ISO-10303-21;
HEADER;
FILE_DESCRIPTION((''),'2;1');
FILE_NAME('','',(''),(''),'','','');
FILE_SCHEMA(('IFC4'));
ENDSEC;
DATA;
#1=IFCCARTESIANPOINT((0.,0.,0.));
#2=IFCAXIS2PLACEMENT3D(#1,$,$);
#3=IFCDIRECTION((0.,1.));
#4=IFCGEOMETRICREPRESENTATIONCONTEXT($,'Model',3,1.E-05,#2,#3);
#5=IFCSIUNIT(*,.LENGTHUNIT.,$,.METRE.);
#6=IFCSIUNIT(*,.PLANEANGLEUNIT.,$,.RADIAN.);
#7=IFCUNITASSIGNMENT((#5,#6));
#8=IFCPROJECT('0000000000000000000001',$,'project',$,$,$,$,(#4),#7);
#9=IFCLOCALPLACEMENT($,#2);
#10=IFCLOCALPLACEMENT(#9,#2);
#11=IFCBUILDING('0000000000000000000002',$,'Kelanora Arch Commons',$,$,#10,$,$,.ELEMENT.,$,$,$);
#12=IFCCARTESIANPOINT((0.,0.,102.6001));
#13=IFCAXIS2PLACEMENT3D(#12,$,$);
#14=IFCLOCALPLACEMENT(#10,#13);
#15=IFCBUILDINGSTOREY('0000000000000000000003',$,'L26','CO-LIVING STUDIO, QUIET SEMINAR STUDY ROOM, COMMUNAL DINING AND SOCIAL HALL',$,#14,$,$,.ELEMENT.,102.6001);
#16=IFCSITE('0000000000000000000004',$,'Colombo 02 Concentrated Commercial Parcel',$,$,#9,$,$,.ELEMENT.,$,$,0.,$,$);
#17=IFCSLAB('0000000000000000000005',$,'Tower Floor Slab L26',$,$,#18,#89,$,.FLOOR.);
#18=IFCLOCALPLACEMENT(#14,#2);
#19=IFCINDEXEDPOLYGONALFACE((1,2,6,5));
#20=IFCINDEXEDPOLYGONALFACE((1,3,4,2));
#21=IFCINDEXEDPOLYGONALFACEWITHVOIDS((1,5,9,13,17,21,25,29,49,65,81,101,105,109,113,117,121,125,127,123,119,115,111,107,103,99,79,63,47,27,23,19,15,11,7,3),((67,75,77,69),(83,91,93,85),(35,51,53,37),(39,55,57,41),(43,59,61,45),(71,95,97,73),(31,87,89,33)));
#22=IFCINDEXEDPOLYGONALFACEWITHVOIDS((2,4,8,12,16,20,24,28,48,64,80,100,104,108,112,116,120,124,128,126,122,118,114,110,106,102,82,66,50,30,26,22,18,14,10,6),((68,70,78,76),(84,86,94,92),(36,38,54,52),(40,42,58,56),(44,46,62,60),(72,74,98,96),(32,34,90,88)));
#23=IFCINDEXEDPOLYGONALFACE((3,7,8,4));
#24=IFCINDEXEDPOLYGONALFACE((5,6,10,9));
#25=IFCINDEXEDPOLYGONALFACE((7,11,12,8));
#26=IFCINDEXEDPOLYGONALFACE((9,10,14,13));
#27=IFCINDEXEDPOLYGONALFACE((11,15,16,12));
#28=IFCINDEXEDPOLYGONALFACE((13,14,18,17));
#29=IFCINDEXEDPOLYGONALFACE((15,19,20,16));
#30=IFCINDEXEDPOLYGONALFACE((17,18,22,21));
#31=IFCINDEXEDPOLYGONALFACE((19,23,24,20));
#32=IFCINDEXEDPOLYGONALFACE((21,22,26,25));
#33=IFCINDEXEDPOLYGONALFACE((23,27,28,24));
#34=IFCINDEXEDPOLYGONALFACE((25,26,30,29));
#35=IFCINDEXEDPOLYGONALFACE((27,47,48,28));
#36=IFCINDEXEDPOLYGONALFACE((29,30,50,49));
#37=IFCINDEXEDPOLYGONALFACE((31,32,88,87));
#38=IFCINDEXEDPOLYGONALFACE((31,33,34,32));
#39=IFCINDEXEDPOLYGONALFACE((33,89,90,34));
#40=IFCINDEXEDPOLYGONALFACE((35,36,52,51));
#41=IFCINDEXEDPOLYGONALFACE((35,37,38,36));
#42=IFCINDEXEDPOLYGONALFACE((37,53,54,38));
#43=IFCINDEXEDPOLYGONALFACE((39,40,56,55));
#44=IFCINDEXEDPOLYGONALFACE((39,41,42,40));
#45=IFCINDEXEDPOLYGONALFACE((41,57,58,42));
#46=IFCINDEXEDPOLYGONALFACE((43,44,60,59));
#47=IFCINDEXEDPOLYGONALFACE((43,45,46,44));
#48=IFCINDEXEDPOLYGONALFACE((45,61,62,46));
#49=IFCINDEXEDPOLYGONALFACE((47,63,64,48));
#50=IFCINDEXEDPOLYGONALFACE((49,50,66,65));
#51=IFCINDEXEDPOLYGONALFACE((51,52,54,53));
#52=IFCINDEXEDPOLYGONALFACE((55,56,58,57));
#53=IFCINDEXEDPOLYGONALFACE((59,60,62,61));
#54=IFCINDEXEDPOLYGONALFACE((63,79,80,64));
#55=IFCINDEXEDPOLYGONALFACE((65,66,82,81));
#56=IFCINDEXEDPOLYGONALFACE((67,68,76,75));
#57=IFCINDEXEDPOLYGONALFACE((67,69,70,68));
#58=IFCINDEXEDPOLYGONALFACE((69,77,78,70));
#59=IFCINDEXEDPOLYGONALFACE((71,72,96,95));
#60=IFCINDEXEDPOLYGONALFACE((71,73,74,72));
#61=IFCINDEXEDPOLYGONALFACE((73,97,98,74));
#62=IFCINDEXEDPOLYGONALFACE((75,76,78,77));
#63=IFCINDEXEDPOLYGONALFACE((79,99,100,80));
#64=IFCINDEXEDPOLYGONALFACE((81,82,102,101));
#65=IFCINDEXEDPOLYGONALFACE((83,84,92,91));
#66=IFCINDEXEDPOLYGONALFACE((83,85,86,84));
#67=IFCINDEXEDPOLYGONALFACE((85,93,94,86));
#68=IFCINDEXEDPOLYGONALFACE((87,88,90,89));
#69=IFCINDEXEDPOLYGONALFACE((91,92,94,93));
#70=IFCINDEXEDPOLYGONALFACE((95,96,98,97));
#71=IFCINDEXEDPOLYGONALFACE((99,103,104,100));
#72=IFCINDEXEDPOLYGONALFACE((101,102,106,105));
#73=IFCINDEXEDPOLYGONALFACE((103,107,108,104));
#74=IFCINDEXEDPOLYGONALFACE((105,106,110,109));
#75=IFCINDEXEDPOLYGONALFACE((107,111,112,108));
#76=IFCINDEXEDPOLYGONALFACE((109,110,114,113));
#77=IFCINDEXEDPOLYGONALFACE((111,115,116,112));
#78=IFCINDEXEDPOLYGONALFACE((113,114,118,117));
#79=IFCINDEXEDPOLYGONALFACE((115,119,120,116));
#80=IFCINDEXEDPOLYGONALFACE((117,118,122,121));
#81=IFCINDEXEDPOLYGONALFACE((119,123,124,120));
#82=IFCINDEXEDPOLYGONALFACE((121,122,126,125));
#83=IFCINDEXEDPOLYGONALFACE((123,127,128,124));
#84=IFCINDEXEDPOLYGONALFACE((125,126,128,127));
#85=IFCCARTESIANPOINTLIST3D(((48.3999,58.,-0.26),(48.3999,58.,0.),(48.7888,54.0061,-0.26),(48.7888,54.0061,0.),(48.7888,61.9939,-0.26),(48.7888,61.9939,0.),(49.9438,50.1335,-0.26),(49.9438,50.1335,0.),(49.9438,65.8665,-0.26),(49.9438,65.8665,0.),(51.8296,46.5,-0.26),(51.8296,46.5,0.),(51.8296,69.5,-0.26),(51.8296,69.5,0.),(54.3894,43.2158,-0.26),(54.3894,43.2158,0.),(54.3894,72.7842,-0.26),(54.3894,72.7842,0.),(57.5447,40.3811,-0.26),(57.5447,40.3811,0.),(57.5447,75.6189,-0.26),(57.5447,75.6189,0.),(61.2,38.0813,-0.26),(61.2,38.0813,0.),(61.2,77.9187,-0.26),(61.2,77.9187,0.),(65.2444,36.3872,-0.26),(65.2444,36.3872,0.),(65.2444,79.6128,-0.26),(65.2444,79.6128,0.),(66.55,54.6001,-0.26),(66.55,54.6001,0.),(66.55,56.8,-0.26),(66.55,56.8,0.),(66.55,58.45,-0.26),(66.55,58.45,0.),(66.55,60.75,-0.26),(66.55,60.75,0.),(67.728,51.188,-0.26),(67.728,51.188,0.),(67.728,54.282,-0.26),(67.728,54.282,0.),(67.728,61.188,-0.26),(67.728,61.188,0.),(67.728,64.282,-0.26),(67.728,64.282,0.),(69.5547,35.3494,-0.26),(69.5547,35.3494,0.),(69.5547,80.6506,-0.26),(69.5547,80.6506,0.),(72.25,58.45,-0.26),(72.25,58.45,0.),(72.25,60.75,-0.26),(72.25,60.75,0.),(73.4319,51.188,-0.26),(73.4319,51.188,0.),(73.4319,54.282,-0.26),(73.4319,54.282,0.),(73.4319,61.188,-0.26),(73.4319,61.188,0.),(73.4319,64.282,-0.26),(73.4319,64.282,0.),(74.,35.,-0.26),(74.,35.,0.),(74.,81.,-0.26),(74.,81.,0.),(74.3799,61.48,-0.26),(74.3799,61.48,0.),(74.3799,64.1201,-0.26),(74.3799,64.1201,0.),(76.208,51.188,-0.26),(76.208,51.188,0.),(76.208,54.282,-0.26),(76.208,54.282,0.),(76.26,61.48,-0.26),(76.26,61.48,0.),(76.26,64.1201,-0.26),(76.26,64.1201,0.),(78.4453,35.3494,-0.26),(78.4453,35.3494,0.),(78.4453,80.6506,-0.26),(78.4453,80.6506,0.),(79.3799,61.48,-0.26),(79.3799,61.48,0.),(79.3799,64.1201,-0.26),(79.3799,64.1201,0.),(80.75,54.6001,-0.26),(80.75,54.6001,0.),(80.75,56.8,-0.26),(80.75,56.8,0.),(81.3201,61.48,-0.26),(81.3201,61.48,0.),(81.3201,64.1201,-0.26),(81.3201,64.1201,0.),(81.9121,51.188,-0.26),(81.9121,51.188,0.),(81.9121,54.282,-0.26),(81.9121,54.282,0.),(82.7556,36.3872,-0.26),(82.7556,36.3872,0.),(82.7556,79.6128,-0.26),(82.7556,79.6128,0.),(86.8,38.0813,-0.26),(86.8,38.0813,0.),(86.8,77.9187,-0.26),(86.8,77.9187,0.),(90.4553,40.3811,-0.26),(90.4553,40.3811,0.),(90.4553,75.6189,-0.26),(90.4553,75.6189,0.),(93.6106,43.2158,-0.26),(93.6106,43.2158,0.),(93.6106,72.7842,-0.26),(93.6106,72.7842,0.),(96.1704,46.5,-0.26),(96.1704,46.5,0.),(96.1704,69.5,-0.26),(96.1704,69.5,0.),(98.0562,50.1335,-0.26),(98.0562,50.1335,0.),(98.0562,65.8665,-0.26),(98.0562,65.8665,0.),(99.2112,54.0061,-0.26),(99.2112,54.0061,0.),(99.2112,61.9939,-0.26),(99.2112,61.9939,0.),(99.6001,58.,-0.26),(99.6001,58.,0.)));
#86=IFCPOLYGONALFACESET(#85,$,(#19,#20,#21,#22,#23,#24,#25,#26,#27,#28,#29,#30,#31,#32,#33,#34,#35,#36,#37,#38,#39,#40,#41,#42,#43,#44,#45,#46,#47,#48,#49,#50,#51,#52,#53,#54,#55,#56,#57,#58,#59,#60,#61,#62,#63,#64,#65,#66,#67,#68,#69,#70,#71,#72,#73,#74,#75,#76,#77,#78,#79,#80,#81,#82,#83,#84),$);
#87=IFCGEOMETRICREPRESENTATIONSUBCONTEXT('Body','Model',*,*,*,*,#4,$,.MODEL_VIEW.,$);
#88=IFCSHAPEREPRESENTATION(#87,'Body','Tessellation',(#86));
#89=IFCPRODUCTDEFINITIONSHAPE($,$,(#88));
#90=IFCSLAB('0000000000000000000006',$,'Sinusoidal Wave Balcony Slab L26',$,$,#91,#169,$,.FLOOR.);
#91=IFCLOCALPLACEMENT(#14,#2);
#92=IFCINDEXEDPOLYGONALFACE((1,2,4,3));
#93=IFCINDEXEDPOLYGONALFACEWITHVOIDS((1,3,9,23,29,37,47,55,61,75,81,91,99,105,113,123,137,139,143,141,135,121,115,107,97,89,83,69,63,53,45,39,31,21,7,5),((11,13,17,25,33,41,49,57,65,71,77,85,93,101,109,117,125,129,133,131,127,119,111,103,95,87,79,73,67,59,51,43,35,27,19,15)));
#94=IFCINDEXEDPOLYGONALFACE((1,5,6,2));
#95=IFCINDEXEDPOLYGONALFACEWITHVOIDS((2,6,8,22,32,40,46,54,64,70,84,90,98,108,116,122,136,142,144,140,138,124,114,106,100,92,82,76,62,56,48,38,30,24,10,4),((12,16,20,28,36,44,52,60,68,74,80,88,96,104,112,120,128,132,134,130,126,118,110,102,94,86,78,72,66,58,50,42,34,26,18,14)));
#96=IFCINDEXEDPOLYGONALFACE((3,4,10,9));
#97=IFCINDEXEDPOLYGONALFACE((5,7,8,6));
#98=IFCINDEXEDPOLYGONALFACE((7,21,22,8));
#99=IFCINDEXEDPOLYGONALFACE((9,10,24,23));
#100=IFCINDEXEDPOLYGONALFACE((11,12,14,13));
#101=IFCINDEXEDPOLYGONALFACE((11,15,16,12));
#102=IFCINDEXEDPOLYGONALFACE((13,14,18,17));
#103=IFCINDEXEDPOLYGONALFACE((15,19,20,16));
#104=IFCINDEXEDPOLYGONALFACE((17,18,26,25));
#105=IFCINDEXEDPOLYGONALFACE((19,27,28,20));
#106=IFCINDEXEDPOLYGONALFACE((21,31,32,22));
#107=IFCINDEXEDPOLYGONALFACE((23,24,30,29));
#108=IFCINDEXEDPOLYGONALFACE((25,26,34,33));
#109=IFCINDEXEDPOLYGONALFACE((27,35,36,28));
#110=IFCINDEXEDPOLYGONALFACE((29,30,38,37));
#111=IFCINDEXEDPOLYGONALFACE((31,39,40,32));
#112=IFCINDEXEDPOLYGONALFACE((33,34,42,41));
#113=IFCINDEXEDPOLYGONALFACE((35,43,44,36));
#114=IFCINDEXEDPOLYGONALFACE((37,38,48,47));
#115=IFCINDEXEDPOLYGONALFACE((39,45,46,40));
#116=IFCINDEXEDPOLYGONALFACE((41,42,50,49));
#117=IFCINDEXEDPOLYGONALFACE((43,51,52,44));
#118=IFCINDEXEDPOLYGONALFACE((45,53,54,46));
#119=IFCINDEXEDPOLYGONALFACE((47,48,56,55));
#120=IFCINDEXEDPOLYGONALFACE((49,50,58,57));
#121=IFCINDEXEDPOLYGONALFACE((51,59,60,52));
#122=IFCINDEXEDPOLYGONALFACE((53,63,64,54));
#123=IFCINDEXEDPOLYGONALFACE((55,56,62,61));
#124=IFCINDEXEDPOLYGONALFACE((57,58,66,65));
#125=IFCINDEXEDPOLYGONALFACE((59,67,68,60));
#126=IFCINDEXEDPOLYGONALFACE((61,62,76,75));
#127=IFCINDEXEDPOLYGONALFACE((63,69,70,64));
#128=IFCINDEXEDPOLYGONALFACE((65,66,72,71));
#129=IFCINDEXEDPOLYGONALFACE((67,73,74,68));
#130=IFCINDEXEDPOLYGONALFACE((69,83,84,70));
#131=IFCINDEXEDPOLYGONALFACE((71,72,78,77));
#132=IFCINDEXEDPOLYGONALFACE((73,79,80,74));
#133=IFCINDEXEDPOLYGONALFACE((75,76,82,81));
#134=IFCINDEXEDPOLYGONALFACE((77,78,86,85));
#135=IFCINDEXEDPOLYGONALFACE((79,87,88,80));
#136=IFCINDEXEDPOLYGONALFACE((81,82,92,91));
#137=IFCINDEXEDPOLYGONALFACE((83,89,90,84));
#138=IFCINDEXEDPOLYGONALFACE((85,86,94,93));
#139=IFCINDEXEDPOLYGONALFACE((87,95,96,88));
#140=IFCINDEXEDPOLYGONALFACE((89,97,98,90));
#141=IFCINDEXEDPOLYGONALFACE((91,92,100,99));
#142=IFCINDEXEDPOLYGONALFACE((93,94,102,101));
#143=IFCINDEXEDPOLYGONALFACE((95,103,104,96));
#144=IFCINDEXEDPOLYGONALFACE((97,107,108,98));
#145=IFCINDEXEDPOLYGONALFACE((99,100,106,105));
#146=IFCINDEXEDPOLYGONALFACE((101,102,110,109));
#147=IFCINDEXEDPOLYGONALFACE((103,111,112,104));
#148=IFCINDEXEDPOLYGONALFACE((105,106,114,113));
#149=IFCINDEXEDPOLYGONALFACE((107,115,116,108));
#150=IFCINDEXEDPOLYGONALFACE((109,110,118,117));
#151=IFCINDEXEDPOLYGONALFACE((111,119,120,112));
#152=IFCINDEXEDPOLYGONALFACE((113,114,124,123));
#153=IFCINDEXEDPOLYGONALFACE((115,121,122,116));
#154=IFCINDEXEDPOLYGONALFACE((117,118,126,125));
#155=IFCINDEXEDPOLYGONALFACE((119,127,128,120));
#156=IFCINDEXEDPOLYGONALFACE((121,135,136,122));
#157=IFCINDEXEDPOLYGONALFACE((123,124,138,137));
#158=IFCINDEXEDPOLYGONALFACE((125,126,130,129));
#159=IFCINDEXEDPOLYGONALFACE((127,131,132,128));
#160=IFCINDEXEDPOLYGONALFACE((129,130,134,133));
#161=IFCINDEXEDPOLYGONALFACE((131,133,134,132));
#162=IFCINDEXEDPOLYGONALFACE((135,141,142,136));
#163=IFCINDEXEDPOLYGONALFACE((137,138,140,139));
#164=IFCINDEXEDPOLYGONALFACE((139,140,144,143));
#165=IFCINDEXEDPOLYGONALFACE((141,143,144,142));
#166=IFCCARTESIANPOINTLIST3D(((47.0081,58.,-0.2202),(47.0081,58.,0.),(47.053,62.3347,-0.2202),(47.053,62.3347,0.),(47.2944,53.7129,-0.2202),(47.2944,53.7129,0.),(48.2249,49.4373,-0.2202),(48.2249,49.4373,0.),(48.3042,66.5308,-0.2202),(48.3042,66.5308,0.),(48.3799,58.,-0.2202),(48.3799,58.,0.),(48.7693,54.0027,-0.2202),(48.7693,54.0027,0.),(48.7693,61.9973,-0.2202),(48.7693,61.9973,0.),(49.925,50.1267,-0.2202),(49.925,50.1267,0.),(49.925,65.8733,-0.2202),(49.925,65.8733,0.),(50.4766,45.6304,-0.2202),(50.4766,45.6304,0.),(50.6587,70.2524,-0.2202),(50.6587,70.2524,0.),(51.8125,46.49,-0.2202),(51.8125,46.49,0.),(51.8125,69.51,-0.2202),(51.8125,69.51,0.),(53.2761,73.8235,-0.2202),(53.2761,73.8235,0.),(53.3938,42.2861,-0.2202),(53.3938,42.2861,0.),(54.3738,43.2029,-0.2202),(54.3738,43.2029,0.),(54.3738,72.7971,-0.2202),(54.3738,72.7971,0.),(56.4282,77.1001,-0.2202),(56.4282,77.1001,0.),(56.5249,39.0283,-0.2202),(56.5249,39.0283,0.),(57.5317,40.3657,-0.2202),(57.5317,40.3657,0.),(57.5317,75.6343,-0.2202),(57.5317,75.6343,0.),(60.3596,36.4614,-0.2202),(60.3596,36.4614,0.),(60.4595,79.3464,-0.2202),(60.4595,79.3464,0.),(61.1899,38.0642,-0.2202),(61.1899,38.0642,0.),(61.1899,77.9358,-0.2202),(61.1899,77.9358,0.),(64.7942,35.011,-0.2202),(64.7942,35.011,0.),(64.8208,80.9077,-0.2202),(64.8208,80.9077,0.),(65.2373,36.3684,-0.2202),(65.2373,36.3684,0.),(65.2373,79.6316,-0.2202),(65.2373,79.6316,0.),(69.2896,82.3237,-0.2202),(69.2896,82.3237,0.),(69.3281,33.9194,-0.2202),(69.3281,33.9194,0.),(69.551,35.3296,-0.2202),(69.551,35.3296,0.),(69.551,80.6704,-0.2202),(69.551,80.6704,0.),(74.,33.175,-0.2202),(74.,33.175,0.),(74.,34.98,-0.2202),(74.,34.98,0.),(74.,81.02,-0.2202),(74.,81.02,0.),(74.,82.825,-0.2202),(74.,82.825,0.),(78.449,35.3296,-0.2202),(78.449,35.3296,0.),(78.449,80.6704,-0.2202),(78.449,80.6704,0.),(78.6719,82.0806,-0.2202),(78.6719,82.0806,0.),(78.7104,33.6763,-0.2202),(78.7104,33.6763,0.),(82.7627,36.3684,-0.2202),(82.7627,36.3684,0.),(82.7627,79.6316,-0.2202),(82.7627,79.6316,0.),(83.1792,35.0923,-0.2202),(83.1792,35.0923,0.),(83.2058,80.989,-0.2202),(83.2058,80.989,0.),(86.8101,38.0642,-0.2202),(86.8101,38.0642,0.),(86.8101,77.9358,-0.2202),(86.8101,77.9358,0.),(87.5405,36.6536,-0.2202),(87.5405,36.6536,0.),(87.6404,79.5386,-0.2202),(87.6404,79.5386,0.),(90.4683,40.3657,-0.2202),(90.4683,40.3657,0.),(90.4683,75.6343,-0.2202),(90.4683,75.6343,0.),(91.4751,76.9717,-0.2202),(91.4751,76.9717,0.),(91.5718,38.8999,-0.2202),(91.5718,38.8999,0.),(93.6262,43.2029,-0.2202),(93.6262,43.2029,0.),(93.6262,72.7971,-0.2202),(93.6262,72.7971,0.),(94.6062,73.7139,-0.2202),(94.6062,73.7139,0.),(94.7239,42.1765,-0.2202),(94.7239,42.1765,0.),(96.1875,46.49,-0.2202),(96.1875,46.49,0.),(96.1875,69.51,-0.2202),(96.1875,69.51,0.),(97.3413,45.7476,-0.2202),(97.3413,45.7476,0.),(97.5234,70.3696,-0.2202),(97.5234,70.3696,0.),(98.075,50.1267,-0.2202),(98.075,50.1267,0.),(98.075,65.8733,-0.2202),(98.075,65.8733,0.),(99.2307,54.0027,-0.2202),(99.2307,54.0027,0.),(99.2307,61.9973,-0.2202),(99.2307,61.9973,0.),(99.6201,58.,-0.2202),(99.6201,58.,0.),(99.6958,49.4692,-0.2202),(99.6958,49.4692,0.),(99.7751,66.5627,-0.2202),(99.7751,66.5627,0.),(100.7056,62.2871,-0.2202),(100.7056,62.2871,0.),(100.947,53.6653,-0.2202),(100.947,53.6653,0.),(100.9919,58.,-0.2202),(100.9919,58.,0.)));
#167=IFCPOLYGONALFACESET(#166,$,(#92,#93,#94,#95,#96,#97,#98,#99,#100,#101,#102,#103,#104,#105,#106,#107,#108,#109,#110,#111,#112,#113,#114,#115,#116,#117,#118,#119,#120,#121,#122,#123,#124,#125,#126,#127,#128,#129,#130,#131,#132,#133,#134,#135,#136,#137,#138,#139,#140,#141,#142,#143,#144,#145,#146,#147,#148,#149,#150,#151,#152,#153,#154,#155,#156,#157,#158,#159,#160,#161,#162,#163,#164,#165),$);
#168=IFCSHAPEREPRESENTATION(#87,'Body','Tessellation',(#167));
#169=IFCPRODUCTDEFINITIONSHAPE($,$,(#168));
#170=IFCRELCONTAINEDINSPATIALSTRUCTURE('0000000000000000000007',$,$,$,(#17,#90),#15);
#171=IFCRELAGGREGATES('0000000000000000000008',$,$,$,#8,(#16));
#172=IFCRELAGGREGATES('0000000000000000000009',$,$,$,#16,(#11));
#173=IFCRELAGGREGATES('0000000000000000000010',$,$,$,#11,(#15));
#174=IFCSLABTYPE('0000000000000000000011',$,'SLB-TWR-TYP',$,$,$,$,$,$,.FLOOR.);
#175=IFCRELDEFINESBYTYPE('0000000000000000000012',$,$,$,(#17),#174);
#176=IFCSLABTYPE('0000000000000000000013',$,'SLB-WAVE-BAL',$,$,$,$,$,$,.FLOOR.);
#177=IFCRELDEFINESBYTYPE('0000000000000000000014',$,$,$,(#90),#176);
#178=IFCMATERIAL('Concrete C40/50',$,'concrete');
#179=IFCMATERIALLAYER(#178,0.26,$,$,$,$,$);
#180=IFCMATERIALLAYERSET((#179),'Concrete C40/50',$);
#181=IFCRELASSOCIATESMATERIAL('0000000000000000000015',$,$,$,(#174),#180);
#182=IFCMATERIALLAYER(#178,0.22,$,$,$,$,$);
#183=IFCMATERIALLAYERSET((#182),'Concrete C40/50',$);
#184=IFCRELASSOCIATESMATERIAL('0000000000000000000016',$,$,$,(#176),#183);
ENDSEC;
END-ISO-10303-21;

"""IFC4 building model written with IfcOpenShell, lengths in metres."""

from ifc_helpers import new_model, si_unit, direction, frame, origin, place, context, subcontext, project, spatial, polyline, outline, extrude, material, layer, layer_set, type_object, element, save


model = new_model("IFC4")

# Units and contexts
model_context = context("Model", 3, precision=1e-05, world=origin(), true_north=direction((0.0, 1.0)))
body_context = subcontext(model_context, "Body", "Model", "MODEL_VIEW")
ifc_project = project(units=[si_unit("LENGTHUNIT", "METRE"), si_unit("PLANEANGLEUNIT", "RADIAN")], contexts=[model_context])

# Site, building, storey
site_placement = place(None, origin())
site = spatial("IfcSite", under=ifc_project, at=site_placement, Name="Colombo 02 Concentrated Commercial Parcel", CompositionType="ELEMENT", RefElevation=0.0)
building_placement = place(site_placement, origin())
building = spatial("IfcBuilding", under=site, at=building_placement, Name="Kelanora Arch Commons", CompositionType="ELEMENT")
storey_placement = place(building_placement, frame((0.0, 0.0, 102.6001)))
storey = spatial("IfcBuildingStorey", under=building, at=storey_placement, Name="L26", Description="CO-LIVING STUDIO, QUIET SEMINAR STUDY ROOM, COMMUNAL DINING AND SOCIAL HALL", CompositionType="ELEMENT", Elevation=102.6001)

# Shared definitions
ifc_material_1 = material(Name="Concrete C40/50", Category="concrete")

# Slabs
ifc_layer_1 = layer(ifc_material_1, 0.26)
ifc_layer_set_1 = layer_set([ifc_layer_1], Name="Concrete C40/50")
slab_type_1 = type_object("IfcSlabType", Name="SLB-TWR-TYP", PredefinedType="FLOOR", material=ifc_layer_set_1)
slab_1_placement = place(storey_placement, frame((0.0, 0.0, -0.26)))
element("IfcSlab", 1, at=slab_1_placement, inside=storey, type_object=slab_type_1, Name="Tower Floor Slab L26", PredefinedType="FLOOR", context=body_context, shape_type="SweptSolid", body=[
    extrude(outline(polyline([(99.6001, 58.0), (99.2112, 61.9939), (98.0562, 65.8665), (96.1704, 69.5), (93.6106, 72.7842), (90.4553, 75.6189), (86.8, 77.9187), (82.7556, 79.6128), (78.4453, 80.6506), (74.0, 81.0), (69.5547, 80.6506), (65.2444, 79.6128), (61.2, 77.9187), (57.5447, 75.6189), (54.3894, 72.7842), (51.8296, 69.5), (49.9438, 65.8665), (48.7888, 61.9939), (48.3999, 58.0), (48.7888, 54.0061), (49.9438, 50.1335), (51.8296, 46.5), (54.3894, 43.2158), (57.5447, 40.3811), (61.2, 38.0813), (65.2444, 36.3872), (69.5547, 35.3494), (74.0, 35.0), (78.4453, 35.3494), (82.7556, 36.3872), (86.8, 38.0813), (90.4553, 40.3811), (93.6106, 43.2158), (96.1704, 46.5), (98.0562, 50.1335), (99.2112, 54.0061), (99.6001, 58.0)]), holes=[polyline([(73.4319, 51.188), (67.728, 51.188), (67.728, 54.282), (73.4319, 54.282), (73.4319, 51.188)]), polyline([(76.208, 51.188), (76.208, 54.282), (81.9121, 54.282), (81.9121, 51.188), (76.208, 51.188)]), polyline([(66.55, 54.6001), (66.55, 56.8), (80.75, 56.8), (80.75, 54.6001), (66.55, 54.6001)]), polyline([(66.55, 58.45), (66.55, 60.75), (72.25, 60.75), (72.25, 58.45), (66.55, 58.45)]), polyline([(67.728, 61.188), (67.728, 64.282), (73.4319, 64.282), (73.4319, 61.188), (67.728, 61.188)]), polyline([(74.3799, 61.48), (74.3799, 64.1201), (76.26, 64.1201), (76.26, 61.48), (74.3799, 61.48)]), polyline([(79.3799, 61.48), (79.3799, 64.1201), (81.3201, 64.1201), (81.3201, 61.48), (79.3799, 61.48)])]), origin(), (0.0, 0.0, 1.0), 0.26),
])
ifc_layer_2 = layer(ifc_material_1, 0.22)
ifc_layer_set_2 = layer_set([ifc_layer_2], Name="Concrete C40/50")
slab_type_2 = type_object("IfcSlabType", Name="SLB-WAVE-BAL", PredefinedType="FLOOR", material=ifc_layer_set_2)
slab_2_placement = place(storey_placement, frame((0.0, 0.0, -0.2202)))
element("IfcSlab", 2, at=slab_2_placement, inside=storey, type_object=slab_type_2, Name="Sinusoidal Wave Balcony Slab L26", PredefinedType="FLOOR", context=body_context, shape_type="SweptSolid", body=[
    extrude(outline(polyline([(100.9919, 58.0), (100.7056, 62.2871), (99.7751, 66.5627), (97.5234, 70.3696), (94.6062, 73.7139), (91.4751, 76.9717), (87.6404, 79.5386), (83.2058, 80.989), (78.6719, 82.0806), (74.0, 82.825), (69.2896, 82.3237), (64.8208, 80.9077), (60.4595, 79.3464), (56.4282, 77.1001), (53.2761, 73.8235), (50.6587, 70.2524), (48.3042, 66.5308), (47.053, 62.3347), (47.0081, 58.0), (47.2944, 53.7129), (48.2249, 49.4373), (50.4766, 45.6304), (53.3938, 42.2861), (56.5249, 39.0283), (60.3596, 36.4614), (64.7942, 35.011), (69.3281, 33.9194), (74.0, 33.175), (78.7104, 33.6763), (83.1792, 35.0923), (87.5405, 36.6536), (91.5718, 38.8999), (94.7239, 42.1765), (97.3413, 45.7476), (99.6958, 49.4692), (100.947, 53.6653), (100.9919, 58.0)]), holes=[polyline([(99.2307, 54.0027), (98.075, 50.1267), (96.1875, 46.49), (93.6262, 43.2029), (90.4683, 40.3657), (86.8101, 38.0642), (82.7627, 36.3684), (78.449, 35.3296), (74.0, 34.98), (69.551, 35.3296), (65.2373, 36.3684), (61.1899, 38.0642), (57.5317, 40.3657), (54.3738, 43.2029), (51.8125, 46.49), (49.925, 50.1267), (48.7693, 54.0027), (48.3799, 58.0), (48.7693, 61.9973), (49.925, 65.8733), (51.8125, 69.51), (54.3738, 72.7971), (57.5317, 75.6343), (61.1899, 77.9358), (65.2373, 79.6316), (69.551, 80.6704), (74.0, 81.02), (78.449, 80.6704), (82.7627, 79.6316), (86.8101, 77.9358), (90.4683, 75.6343), (93.6262, 72.7971), (96.1875, 69.51), (98.075, 65.8733), (99.2307, 61.9973), (99.6201, 58.0), (99.2307, 54.0027)])]), origin(), (0.0, 0.0, 1.0), 0.2202),
])

save(model, "model.ifc")
